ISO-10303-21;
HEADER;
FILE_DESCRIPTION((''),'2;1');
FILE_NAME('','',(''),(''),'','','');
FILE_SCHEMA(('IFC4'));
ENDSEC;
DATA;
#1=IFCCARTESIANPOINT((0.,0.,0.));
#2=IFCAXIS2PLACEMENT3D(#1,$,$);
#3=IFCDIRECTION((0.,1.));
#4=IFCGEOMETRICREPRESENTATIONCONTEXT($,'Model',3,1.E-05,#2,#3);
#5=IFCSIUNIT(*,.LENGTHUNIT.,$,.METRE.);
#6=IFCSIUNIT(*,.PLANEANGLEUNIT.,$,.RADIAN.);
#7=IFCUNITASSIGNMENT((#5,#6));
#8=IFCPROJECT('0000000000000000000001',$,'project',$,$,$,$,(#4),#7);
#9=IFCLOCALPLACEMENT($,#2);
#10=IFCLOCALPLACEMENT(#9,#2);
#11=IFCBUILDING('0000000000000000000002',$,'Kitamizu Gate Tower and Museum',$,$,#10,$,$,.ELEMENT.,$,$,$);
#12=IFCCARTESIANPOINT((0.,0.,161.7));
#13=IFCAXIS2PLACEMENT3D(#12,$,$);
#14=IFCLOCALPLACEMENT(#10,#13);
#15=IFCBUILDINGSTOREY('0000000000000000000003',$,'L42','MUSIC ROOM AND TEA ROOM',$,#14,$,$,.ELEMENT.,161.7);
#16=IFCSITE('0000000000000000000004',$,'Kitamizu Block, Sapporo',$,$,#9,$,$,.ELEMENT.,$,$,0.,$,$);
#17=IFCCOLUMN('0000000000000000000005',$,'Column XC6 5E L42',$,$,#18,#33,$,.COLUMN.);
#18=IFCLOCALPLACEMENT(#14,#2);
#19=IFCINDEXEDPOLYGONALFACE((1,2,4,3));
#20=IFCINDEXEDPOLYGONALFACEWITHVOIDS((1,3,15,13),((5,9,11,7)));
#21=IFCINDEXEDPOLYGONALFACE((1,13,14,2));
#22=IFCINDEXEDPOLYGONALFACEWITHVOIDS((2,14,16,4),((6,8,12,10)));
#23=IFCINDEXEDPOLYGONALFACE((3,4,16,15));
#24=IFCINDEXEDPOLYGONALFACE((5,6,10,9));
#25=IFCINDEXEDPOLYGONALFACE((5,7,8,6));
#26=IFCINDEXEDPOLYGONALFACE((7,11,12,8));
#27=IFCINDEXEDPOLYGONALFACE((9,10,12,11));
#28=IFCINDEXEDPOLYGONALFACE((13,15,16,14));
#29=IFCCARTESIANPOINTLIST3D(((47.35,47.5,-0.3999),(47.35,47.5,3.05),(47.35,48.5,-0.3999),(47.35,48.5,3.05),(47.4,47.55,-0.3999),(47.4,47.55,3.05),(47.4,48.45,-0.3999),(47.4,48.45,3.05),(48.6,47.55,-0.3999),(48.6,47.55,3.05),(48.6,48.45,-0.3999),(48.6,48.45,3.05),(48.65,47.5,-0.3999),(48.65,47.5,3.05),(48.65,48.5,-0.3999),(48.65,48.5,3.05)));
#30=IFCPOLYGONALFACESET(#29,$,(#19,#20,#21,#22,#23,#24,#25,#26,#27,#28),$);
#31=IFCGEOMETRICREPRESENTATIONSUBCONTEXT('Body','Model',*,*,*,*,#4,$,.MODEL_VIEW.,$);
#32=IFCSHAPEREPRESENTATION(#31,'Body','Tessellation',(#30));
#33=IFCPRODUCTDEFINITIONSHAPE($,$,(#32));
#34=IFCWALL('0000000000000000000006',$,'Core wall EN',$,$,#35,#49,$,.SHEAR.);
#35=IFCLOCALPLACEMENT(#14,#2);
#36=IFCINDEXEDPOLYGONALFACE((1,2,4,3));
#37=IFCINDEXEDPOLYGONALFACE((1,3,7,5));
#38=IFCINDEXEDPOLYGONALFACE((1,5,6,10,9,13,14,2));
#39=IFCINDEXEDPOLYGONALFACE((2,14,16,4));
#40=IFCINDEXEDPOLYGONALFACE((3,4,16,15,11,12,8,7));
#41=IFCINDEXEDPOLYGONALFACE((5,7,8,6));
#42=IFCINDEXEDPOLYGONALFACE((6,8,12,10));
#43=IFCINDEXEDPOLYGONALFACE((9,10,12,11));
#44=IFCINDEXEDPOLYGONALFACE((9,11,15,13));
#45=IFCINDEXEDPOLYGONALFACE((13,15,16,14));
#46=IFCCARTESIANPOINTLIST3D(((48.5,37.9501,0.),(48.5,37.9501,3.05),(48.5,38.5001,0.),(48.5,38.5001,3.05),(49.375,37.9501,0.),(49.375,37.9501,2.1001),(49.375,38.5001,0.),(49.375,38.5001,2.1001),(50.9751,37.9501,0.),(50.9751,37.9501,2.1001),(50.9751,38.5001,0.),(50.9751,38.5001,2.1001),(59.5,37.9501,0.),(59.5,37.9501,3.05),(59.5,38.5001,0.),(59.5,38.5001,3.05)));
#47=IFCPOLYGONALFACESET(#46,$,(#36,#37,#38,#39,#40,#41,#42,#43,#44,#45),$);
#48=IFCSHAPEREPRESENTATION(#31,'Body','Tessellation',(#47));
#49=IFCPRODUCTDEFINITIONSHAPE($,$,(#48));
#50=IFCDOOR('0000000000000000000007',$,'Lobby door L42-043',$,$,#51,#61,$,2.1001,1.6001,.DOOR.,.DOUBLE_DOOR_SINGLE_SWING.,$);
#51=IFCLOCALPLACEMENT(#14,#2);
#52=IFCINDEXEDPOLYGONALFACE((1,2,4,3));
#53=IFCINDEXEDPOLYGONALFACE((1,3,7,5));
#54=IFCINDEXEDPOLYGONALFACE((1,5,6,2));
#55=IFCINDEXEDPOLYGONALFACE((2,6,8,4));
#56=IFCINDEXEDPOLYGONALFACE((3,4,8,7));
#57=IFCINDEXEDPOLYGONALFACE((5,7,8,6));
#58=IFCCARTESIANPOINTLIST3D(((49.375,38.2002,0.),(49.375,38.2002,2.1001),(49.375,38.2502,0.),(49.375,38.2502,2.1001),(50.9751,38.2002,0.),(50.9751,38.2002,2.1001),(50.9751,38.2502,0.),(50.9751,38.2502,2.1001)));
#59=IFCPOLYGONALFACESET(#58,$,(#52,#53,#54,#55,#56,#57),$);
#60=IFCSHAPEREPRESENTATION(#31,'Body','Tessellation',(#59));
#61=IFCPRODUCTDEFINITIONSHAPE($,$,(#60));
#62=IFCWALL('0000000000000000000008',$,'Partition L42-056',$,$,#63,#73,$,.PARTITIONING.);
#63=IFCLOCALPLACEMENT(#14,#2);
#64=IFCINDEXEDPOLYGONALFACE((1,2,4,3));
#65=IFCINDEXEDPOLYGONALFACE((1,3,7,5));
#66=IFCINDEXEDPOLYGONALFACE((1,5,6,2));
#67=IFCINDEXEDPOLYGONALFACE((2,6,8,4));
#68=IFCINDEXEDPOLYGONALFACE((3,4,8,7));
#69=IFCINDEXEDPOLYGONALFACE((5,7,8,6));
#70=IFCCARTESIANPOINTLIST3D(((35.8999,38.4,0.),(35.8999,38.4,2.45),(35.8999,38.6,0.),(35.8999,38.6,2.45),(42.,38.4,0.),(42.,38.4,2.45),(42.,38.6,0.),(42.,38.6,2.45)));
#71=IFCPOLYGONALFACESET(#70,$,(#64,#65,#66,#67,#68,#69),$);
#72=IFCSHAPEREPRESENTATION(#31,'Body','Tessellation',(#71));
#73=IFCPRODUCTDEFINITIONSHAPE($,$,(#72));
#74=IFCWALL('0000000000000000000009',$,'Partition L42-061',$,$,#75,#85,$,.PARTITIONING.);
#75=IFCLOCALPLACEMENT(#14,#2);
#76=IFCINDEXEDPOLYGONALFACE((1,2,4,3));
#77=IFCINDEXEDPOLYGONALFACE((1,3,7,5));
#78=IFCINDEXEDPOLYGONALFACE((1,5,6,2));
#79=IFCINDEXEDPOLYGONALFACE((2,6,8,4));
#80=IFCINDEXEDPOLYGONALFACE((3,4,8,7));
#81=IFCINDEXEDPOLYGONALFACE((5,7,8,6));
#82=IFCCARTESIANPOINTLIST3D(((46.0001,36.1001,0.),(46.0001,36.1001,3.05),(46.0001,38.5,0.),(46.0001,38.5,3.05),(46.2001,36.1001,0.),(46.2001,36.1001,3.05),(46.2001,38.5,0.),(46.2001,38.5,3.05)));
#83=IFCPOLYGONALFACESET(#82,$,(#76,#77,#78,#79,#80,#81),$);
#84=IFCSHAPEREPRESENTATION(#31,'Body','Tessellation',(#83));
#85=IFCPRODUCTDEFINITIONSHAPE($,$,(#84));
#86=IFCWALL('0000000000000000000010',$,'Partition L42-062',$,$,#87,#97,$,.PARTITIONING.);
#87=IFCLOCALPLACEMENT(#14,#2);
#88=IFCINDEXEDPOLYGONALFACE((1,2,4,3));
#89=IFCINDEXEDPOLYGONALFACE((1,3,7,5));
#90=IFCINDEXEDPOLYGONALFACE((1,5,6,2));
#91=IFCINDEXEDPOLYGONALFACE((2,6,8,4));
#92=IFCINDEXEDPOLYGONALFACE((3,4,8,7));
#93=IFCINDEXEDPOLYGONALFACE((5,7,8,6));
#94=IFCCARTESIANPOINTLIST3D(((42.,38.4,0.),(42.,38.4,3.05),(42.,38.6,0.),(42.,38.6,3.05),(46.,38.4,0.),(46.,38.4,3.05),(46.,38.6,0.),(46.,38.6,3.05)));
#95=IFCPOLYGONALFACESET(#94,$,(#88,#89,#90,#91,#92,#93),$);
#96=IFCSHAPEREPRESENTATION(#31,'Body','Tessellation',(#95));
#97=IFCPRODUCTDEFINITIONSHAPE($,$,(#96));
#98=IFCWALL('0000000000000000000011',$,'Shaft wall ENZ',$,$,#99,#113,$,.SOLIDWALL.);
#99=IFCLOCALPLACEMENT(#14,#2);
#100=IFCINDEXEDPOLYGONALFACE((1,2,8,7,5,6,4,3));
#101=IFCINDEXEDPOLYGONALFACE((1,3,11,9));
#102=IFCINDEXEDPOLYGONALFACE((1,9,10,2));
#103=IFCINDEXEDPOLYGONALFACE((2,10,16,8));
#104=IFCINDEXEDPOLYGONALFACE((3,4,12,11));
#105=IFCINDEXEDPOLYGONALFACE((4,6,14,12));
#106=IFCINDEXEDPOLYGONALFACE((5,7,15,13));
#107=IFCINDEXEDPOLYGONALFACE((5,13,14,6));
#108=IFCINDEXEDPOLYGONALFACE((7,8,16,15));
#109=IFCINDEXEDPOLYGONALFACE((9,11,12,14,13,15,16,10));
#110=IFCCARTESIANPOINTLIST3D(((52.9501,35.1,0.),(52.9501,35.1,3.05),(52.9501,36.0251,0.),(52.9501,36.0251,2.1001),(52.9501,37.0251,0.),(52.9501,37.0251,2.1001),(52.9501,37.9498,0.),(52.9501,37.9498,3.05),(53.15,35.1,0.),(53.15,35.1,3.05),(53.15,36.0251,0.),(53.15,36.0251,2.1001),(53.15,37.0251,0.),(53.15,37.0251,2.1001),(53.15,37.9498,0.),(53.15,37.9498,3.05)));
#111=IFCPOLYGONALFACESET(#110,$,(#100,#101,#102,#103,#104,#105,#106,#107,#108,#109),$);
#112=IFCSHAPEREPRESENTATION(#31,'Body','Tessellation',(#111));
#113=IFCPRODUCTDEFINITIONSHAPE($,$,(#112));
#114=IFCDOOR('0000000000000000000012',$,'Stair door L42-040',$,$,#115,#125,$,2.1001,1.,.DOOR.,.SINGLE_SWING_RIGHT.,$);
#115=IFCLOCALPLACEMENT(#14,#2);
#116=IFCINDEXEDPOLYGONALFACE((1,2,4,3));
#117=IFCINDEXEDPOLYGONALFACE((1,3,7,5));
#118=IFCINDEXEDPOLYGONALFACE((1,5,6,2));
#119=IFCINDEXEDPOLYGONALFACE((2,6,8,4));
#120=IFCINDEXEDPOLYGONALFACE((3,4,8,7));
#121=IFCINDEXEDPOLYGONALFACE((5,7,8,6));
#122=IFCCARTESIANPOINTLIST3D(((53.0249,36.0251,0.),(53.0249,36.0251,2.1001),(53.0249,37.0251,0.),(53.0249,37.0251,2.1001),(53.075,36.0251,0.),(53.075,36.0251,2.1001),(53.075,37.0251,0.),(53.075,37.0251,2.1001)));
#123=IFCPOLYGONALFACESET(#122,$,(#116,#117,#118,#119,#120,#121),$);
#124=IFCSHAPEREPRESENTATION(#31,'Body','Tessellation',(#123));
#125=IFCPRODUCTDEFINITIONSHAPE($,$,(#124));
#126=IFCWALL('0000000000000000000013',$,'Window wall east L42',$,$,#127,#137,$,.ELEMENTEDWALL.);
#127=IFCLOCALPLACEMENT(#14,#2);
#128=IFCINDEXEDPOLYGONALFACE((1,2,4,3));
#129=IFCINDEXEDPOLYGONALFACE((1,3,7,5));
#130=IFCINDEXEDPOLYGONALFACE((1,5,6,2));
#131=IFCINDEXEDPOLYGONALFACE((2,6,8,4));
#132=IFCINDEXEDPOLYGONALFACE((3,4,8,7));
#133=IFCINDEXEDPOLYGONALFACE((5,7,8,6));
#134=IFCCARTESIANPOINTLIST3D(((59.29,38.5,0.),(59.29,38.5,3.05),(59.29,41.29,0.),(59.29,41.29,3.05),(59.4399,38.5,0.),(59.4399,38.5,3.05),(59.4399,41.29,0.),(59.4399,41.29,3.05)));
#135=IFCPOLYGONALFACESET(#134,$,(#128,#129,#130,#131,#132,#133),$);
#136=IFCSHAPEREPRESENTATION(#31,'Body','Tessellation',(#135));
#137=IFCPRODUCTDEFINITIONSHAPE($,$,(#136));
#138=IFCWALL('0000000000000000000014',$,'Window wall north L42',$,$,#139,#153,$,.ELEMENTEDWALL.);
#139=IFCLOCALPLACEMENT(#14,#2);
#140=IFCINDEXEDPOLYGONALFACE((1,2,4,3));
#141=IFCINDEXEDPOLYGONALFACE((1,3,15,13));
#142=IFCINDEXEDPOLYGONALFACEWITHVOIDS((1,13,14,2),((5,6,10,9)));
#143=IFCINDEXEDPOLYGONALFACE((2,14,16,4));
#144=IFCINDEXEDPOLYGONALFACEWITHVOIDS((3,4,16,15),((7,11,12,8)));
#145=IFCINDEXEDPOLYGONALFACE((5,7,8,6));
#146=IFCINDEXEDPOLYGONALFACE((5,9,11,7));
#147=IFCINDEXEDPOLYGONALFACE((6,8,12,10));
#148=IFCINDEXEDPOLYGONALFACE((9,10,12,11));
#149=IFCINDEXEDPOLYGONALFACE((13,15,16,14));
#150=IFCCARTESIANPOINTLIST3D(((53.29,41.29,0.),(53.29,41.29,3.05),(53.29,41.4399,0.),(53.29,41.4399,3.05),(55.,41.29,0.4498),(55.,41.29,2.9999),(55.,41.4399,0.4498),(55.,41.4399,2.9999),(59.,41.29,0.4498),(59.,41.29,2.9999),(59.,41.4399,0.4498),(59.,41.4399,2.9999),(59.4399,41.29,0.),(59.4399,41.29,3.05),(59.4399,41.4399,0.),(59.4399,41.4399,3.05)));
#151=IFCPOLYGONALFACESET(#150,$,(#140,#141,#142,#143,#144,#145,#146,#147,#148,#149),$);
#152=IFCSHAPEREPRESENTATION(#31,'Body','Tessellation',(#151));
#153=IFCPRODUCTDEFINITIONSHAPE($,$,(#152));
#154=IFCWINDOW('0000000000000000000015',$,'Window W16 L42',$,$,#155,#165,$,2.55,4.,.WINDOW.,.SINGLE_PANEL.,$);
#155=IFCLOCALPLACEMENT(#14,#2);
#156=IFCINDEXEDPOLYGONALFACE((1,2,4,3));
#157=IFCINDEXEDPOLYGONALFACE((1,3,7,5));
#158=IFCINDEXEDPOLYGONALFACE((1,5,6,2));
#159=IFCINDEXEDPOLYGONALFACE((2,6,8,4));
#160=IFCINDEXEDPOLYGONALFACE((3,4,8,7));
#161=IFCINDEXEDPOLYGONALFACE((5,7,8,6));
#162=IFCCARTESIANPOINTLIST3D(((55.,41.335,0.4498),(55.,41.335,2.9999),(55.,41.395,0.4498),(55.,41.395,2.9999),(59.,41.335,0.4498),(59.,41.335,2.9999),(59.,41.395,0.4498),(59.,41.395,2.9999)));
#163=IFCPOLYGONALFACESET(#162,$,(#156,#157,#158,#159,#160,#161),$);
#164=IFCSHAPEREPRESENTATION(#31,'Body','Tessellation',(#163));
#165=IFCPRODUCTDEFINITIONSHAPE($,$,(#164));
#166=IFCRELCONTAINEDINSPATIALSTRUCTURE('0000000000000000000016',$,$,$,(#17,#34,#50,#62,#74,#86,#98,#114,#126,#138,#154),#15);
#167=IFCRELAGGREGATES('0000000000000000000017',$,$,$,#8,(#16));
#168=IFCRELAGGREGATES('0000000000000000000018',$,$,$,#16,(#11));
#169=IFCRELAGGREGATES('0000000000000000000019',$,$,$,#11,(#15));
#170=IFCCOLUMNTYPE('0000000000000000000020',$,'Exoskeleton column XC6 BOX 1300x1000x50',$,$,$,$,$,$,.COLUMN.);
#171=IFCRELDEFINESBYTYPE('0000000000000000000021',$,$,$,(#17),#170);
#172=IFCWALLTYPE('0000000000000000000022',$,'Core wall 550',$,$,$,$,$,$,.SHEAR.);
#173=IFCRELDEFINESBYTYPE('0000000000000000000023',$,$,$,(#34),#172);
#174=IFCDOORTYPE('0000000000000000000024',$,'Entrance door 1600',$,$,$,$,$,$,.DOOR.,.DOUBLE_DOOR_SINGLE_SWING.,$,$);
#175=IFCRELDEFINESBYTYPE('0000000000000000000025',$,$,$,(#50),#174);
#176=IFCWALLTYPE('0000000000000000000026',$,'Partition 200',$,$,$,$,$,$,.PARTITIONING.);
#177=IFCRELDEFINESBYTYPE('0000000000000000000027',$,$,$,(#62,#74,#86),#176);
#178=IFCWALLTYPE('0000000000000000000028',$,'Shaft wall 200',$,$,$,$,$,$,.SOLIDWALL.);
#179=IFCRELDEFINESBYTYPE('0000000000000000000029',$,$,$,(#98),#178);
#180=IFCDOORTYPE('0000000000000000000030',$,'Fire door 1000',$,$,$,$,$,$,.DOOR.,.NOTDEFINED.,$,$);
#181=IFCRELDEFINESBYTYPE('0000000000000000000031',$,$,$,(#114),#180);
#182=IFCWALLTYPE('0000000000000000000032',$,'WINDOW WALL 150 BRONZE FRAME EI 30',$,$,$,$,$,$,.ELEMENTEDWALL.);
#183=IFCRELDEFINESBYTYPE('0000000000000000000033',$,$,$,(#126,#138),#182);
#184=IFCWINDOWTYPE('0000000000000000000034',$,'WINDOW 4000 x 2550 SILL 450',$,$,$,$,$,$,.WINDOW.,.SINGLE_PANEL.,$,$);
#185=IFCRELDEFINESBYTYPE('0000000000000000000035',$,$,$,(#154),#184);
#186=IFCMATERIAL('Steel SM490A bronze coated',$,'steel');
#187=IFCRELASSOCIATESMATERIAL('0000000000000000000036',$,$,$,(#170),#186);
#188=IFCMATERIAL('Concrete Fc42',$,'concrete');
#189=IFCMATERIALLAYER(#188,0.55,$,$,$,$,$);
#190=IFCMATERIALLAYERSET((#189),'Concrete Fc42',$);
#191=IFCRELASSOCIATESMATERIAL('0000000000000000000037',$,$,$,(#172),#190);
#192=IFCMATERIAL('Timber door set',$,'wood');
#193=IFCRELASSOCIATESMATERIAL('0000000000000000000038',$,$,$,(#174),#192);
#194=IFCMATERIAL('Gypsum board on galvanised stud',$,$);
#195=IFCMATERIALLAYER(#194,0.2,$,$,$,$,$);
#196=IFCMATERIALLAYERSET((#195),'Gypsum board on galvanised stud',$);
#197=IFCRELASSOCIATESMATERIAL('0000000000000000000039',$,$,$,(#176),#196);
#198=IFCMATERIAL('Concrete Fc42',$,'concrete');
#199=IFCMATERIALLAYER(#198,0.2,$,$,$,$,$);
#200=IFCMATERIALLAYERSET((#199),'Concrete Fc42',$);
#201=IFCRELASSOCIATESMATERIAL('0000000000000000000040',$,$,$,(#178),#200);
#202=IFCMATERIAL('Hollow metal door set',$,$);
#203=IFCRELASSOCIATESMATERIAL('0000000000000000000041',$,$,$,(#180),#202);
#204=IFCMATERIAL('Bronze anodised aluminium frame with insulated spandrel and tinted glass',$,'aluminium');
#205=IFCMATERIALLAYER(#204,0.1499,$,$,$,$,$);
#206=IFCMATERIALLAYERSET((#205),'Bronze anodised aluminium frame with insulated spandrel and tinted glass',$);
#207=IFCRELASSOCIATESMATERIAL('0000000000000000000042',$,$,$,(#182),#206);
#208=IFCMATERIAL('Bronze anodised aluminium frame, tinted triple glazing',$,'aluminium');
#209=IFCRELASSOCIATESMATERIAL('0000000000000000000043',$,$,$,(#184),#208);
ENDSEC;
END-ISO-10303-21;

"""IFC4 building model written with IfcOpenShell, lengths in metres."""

from ifc_helpers import new_model, si_unit, direction, frame, frame_2d, origin, origin_2d, place, context, subcontext, project, spatial, rectangle, hollow_rectangle, extrude, material, layer, layer_set, material_profile, profile_set, type_object, element, fill, save


model = new_model("IFC4")

# Units and contexts
model_context = context("Model", 3, precision=1e-05, world=origin(), true_north=direction((0.0, 1.0)))
body_context = subcontext(model_context, "Body", "Model", "MODEL_VIEW")
ifc_project = project(units=[si_unit("LENGTHUNIT", "METRE"), si_unit("PLANEANGLEUNIT", "RADIAN")], contexts=[model_context])

# Site, building, storey
site_placement = place(None, origin())
site = spatial("IfcSite", under=ifc_project, at=site_placement, Name="Kitamizu Block, Sapporo", CompositionType="ELEMENT", RefElevation=0.0)
building_placement = place(site_placement, origin())
building = spatial("IfcBuilding", under=site, at=building_placement, Name="Kitamizu Gate Tower and Museum", CompositionType="ELEMENT")
storey_placement = place(building_placement, frame((0.0, 0.0, 161.7)))
storey = spatial("IfcBuildingStorey", under=building, at=storey_placement, Name="L42", Description="MUSIC ROOM AND TEA ROOM", CompositionType="ELEMENT", Elevation=161.7)

# Column
ifc_material_1 = material(Name="Steel SM490A bronze coated", Category="steel")
ifc_material_profile = material_profile(ifc_material_1, hollow_rectangle(XDim=1.3, YDim=1.0, WallThickness=0.05, at=origin_2d()), Name="BOX 1300x1000x50")
ifc_profile_set = profile_set([ifc_material_profile], Name="Steel SM490A bronze coated")
column_type = type_object("IfcColumnType", Name="Exoskeleton column XC6 BOX 1300x1000x50", PredefinedType="COLUMN", material=ifc_profile_set)
column_placement = place(storey_placement, frame((48.0, 48.0, -0.3999), z_axis=(0.0, 0.0, 1.0), x_axis=(1.0, 0.0, 0.0)))
element("IfcColumn", 1, at=column_placement, inside=storey, type_object=column_type, Name="Column XC6 5E L42", PredefinedType="COLUMN", context=body_context, shape_type="SweptSolid", body=[
    extrude(hollow_rectangle(XDim=1.3, YDim=1.0, WallThickness=0.05, at=origin_2d()), origin(), (0.0, 0.0, 1.0), 3.45),
])

# Wall, opening, door
ifc_material_2 = material(Name="Concrete Fc42", Category="concrete")
ifc_layer_1 = layer(ifc_material_2, 0.55)
ifc_layer_set_1 = layer_set([ifc_layer_1], Name="Concrete Fc42")
wall_type_1 = type_object("IfcWallType", Name="Core wall 550", PredefinedType="SHEAR", material=ifc_layer_set_1)
wall_1_placement = place(storey_placement, frame((59.5, 38.2251, 0.0), z_axis=(0.0, 0.0, 1.0), x_axis=(-1.0, 0.0, 0.0)))
wall_1 = element("IfcWall", 2, at=wall_1_placement, inside=storey, type_object=wall_type_1, Name="Core wall EN", PredefinedType="SHEAR", context=body_context, shape_type="SweptSolid", body=[
    extrude(rectangle(XDim=11.0, YDim=0.55, at=frame_2d((5.5, 0.0))), origin(), (0.0, 0.0, 1.0), 3.05),
])
opening_1_placement = place(wall_1_placement, frame((8.5249, 0.0, 0.0)))
opening_1 = element("IfcOpeningElement", 3, at=opening_1_placement, cuts=wall_1, PredefinedType="OPENING", context=body_context, shape_type="SweptSolid", body=[
    extrude(rectangle(XDim=1.6001, YDim=2.1001, at=frame_2d((0.8, 1.05))), frame((0.0, 0.2852, 0.0), z_axis=(0.0, -1.0, 0.0), x_axis=(1.0, 0.0, 0.0)), (0.0, 0.0, 1.0), 0.5701),
])
ifc_material_3 = material(Name="Timber door set", Category="wood")
door_type_1 = type_object("IfcDoorType", Name="Entrance door 1600", OperationType="DOUBLE_DOOR_SINGLE_SWING", PredefinedType="DOOR", material=ifc_material_3)
door_1_placement = place(opening_1_placement, origin())
door_1 = element("IfcDoor", 4, at=door_1_placement, inside=storey, type_object=door_type_1, Name="Lobby door L42-043", OperationType="DOUBLE_DOOR_SINGLE_SWING", OverallHeight=2.1001, OverallWidth=1.6001, PredefinedType="DOOR", context=body_context, shape_type="SweptSolid", body=[
    extrude(rectangle(XDim=1.6001, YDim=2.1001, at=frame_2d((0.8, 1.05))), frame((0.0, 0.0249, 0.0), z_axis=(0.0, -1.0, 0.0), x_axis=(1.0, 0.0, 0.0)), (0.0, 0.0, 1.0), 0.05),
])
fill(opening_1, door_1)

# Walls
ifc_material_4 = material(Name="Gypsum board on galvanised stud")
ifc_layer_2 = layer(ifc_material_4, 0.2)
ifc_layer_set_2 = layer_set([ifc_layer_2], Name="Gypsum board on galvanised stud")
wall_type_2 = type_object("IfcWallType", Name="Partition 200", PredefinedType="PARTITIONING", material=ifc_layer_set_2)
wall_2_placement = place(storey_placement, frame((42.0, 38.5, 0.0), z_axis=(0.0, 0.0, 1.0), x_axis=(-1.0, 0.0, 0.0)))
element("IfcWall", 5, at=wall_2_placement, inside=storey, type_object=wall_type_2, Name="Partition L42-056", PredefinedType="PARTITIONING", context=body_context, shape_type="SweptSolid", body=[
    extrude(rectangle(XDim=6.1001, YDim=0.2, at=frame_2d((3.05, 0.0))), origin(), (0.0, 0.0, 1.0), 2.45),
])
wall_3_placement = place(storey_placement, frame((46.1001, 36.1001, 0.0), z_axis=(0.0, 0.0, 1.0), x_axis=(0.0, 1.0, 0.0)))
element("IfcWall", 6, at=wall_3_placement, inside=storey, type_object=wall_type_2, Name="Partition L42-061", PredefinedType="PARTITIONING", context=body_context, shape_type="SweptSolid", body=[
    extrude(rectangle(XDim=2.3999, YDim=0.2, at=frame_2d((1.2, 0.0))), origin(), (0.0, 0.0, 1.0), 3.05),
])
wall_4_placement = place(storey_placement, frame((46.0, 38.5, 0.0), z_axis=(0.0, 0.0, 1.0), x_axis=(-1.0, 0.0, 0.0)))
element("IfcWall", 7, at=wall_4_placement, inside=storey, type_object=wall_type_2, Name="Partition L42-062", PredefinedType="PARTITIONING", context=body_context, shape_type="SweptSolid", body=[
    extrude(rectangle(XDim=4.0, YDim=0.2, at=frame_2d((2.0, 0.0))), origin(), (0.0, 0.0, 1.0), 3.05),
])

# Wall, opening, door
ifc_material_5 = material(Name="Concrete Fc42", Category="concrete")
ifc_layer_3 = layer(ifc_material_5, 0.2)
ifc_layer_set_3 = layer_set([ifc_layer_3], Name="Concrete Fc42")
wall_type_3 = type_object("IfcWallType", Name="Shaft wall 200", PredefinedType="SOLIDWALL", material=ifc_layer_set_3)
wall_5_placement = place(storey_placement, frame((53.05, 35.1001, 0.0), z_axis=(0.0, 0.0, 1.0), x_axis=(0.0, 1.0, 0.0)))
wall_5 = element("IfcWall", 8, at=wall_5_placement, inside=storey, type_object=wall_type_3, Name="Shaft wall ENZ", PredefinedType="SOLIDWALL", context=body_context, shape_type="SweptSolid", body=[
    extrude(rectangle(XDim=2.8499, YDim=0.2, at=frame_2d((1.4248, 0.0))), origin(), (0.0, 0.0, 1.0), 3.05),
])
opening_2_placement = place(wall_5_placement, frame((0.925, 0.0, 0.0)))
opening_2 = element("IfcOpeningElement", 9, at=opening_2_placement, cuts=wall_5, PredefinedType="OPENING", context=body_context, shape_type="SweptSolid", body=[
    extrude(rectangle(XDim=1.0, YDim=2.1001, at=frame_2d((0.5, 1.05))), frame((0.0, 0.1099, 0.0), z_axis=(0.0, -1.0, 0.0), x_axis=(1.0, 0.0, 0.0)), (0.0, 0.0, 1.0), 0.22),
])
ifc_material_6 = material(Name="Hollow metal door set")
door_type_2 = type_object("IfcDoorType", Name="Fire door 1000", OperationType="NOTDEFINED", PredefinedType="DOOR", material=ifc_material_6)
door_2_placement = place(opening_2_placement, frame((1.0, 0.0, 0.0), x_axis=(-1.0, 0.0, 0.0)))
door_2 = element("IfcDoor", 10, at=door_2_placement, inside=storey, type_object=door_type_2, Name="Stair door L42-040", OperationType="SINGLE_SWING_RIGHT", OverallHeight=2.1001, OverallWidth=1.0, PredefinedType="DOOR", context=body_context, shape_type="SweptSolid", body=[
    extrude(rectangle(XDim=1.0, YDim=2.1001, at=frame_2d((0.5, 1.05))), frame((0.0, 0.0249, 0.0), z_axis=(0.0, -1.0, 0.0), x_axis=(1.0, 0.0, 0.0)), (0.0, 0.0, 1.0), 0.05),
])
fill(opening_2, door_2)

# Wall
ifc_material_7 = material(Name="Bronze anodised aluminium frame with insulated spandrel and tinted glass", Category="aluminium")
ifc_layer_4 = layer(ifc_material_7, 0.1499)
ifc_layer_set_4 = layer_set([ifc_layer_4], Name="Bronze anodised aluminium frame with insulated spandrel and tinted glass")
wall_type_4 = type_object("IfcWallType", Name="WINDOW WALL 150 BRONZE FRAME EI 30", PredefinedType="ELEMENTEDWALL", material=ifc_layer_set_4)
wall_6_placement = place(storey_placement, frame((59.365, 38.5, 0.0), z_axis=(0.0, 0.0, 1.0), x_axis=(0.0, 1.0, 0.0)))
element("IfcWall", 11, at=wall_6_placement, inside=storey, type_object=wall_type_4, Name="Window wall east L42", PredefinedType="ELEMENTEDWALL", context=body_context, shape_type="SweptSolid", body=[
    extrude(rectangle(XDim=2.79, YDim=0.1499, at=frame_2d((1.395, 0.0))), origin(), (0.0, 0.0, 1.0), 3.05),
])

# Wall, opening, window
wall_7_placement = place(storey_placement, frame((53.29, 41.365, 0.0), z_axis=(0.0, 0.0, 1.0), x_axis=(1.0, 0.0, 0.0)))
wall_7 = element("IfcWall", 12, at=wall_7_placement, inside=storey, type_object=wall_type_4, Name="Window wall north L42", PredefinedType="ELEMENTEDWALL", context=body_context, shape_type="SweptSolid", body=[
    extrude(rectangle(XDim=6.1499, YDim=0.1499, at=frame_2d((3.075, 0.0))), origin(), (0.0, 0.0, 1.0), 3.05),
])
opening_3_placement = place(wall_7_placement, frame((1.71, 0.0, 0.45)))
opening_3 = element("IfcOpeningElement", 13, at=opening_3_placement, cuts=wall_7, PredefinedType="OPENING", context=body_context, shape_type="SweptSolid", body=[
    extrude(rectangle(XDim=4.0, YDim=2.55, at=frame_2d((2.0, 1.2749))), frame((0.0, 0.085, 0.0), z_axis=(0.0, -1.0, 0.0), x_axis=(1.0, 0.0, 0.0)), (0.0, 0.0, 1.0), 0.1699),
])
ifc_material_8 = material(Name="Bronze anodised aluminium frame, tinted triple glazing", Category="aluminium")
window_type = type_object("IfcWindowType", Name="WINDOW 4000 x 2550 SILL 450", PartitioningType="SINGLE_PANEL", PredefinedType="WINDOW", material=ifc_material_8)
window_1_placement = place(opening_3_placement, origin())
window_1 = element("IfcWindow", 14, at=window_1_placement, inside=storey, type_object=window_type, Name="Window W16 L42", OverallHeight=2.55, OverallWidth=4.0, PartitioningType="SINGLE_PANEL", PredefinedType="WINDOW", context=body_context, shape_type="SweptSolid", body=[
    extrude(rectangle(XDim=4.0, YDim=2.55, at=frame_2d((2.0, 1.2749))), frame((0.0, 0.03, 0.0), z_axis=(0.0, -1.0, 0.0), x_axis=(1.0, 0.0, 0.0)), (0.0, 0.0, 1.0), 0.0601),
])
fill(opening_3, window_1)

save(model, "model.ifc")
